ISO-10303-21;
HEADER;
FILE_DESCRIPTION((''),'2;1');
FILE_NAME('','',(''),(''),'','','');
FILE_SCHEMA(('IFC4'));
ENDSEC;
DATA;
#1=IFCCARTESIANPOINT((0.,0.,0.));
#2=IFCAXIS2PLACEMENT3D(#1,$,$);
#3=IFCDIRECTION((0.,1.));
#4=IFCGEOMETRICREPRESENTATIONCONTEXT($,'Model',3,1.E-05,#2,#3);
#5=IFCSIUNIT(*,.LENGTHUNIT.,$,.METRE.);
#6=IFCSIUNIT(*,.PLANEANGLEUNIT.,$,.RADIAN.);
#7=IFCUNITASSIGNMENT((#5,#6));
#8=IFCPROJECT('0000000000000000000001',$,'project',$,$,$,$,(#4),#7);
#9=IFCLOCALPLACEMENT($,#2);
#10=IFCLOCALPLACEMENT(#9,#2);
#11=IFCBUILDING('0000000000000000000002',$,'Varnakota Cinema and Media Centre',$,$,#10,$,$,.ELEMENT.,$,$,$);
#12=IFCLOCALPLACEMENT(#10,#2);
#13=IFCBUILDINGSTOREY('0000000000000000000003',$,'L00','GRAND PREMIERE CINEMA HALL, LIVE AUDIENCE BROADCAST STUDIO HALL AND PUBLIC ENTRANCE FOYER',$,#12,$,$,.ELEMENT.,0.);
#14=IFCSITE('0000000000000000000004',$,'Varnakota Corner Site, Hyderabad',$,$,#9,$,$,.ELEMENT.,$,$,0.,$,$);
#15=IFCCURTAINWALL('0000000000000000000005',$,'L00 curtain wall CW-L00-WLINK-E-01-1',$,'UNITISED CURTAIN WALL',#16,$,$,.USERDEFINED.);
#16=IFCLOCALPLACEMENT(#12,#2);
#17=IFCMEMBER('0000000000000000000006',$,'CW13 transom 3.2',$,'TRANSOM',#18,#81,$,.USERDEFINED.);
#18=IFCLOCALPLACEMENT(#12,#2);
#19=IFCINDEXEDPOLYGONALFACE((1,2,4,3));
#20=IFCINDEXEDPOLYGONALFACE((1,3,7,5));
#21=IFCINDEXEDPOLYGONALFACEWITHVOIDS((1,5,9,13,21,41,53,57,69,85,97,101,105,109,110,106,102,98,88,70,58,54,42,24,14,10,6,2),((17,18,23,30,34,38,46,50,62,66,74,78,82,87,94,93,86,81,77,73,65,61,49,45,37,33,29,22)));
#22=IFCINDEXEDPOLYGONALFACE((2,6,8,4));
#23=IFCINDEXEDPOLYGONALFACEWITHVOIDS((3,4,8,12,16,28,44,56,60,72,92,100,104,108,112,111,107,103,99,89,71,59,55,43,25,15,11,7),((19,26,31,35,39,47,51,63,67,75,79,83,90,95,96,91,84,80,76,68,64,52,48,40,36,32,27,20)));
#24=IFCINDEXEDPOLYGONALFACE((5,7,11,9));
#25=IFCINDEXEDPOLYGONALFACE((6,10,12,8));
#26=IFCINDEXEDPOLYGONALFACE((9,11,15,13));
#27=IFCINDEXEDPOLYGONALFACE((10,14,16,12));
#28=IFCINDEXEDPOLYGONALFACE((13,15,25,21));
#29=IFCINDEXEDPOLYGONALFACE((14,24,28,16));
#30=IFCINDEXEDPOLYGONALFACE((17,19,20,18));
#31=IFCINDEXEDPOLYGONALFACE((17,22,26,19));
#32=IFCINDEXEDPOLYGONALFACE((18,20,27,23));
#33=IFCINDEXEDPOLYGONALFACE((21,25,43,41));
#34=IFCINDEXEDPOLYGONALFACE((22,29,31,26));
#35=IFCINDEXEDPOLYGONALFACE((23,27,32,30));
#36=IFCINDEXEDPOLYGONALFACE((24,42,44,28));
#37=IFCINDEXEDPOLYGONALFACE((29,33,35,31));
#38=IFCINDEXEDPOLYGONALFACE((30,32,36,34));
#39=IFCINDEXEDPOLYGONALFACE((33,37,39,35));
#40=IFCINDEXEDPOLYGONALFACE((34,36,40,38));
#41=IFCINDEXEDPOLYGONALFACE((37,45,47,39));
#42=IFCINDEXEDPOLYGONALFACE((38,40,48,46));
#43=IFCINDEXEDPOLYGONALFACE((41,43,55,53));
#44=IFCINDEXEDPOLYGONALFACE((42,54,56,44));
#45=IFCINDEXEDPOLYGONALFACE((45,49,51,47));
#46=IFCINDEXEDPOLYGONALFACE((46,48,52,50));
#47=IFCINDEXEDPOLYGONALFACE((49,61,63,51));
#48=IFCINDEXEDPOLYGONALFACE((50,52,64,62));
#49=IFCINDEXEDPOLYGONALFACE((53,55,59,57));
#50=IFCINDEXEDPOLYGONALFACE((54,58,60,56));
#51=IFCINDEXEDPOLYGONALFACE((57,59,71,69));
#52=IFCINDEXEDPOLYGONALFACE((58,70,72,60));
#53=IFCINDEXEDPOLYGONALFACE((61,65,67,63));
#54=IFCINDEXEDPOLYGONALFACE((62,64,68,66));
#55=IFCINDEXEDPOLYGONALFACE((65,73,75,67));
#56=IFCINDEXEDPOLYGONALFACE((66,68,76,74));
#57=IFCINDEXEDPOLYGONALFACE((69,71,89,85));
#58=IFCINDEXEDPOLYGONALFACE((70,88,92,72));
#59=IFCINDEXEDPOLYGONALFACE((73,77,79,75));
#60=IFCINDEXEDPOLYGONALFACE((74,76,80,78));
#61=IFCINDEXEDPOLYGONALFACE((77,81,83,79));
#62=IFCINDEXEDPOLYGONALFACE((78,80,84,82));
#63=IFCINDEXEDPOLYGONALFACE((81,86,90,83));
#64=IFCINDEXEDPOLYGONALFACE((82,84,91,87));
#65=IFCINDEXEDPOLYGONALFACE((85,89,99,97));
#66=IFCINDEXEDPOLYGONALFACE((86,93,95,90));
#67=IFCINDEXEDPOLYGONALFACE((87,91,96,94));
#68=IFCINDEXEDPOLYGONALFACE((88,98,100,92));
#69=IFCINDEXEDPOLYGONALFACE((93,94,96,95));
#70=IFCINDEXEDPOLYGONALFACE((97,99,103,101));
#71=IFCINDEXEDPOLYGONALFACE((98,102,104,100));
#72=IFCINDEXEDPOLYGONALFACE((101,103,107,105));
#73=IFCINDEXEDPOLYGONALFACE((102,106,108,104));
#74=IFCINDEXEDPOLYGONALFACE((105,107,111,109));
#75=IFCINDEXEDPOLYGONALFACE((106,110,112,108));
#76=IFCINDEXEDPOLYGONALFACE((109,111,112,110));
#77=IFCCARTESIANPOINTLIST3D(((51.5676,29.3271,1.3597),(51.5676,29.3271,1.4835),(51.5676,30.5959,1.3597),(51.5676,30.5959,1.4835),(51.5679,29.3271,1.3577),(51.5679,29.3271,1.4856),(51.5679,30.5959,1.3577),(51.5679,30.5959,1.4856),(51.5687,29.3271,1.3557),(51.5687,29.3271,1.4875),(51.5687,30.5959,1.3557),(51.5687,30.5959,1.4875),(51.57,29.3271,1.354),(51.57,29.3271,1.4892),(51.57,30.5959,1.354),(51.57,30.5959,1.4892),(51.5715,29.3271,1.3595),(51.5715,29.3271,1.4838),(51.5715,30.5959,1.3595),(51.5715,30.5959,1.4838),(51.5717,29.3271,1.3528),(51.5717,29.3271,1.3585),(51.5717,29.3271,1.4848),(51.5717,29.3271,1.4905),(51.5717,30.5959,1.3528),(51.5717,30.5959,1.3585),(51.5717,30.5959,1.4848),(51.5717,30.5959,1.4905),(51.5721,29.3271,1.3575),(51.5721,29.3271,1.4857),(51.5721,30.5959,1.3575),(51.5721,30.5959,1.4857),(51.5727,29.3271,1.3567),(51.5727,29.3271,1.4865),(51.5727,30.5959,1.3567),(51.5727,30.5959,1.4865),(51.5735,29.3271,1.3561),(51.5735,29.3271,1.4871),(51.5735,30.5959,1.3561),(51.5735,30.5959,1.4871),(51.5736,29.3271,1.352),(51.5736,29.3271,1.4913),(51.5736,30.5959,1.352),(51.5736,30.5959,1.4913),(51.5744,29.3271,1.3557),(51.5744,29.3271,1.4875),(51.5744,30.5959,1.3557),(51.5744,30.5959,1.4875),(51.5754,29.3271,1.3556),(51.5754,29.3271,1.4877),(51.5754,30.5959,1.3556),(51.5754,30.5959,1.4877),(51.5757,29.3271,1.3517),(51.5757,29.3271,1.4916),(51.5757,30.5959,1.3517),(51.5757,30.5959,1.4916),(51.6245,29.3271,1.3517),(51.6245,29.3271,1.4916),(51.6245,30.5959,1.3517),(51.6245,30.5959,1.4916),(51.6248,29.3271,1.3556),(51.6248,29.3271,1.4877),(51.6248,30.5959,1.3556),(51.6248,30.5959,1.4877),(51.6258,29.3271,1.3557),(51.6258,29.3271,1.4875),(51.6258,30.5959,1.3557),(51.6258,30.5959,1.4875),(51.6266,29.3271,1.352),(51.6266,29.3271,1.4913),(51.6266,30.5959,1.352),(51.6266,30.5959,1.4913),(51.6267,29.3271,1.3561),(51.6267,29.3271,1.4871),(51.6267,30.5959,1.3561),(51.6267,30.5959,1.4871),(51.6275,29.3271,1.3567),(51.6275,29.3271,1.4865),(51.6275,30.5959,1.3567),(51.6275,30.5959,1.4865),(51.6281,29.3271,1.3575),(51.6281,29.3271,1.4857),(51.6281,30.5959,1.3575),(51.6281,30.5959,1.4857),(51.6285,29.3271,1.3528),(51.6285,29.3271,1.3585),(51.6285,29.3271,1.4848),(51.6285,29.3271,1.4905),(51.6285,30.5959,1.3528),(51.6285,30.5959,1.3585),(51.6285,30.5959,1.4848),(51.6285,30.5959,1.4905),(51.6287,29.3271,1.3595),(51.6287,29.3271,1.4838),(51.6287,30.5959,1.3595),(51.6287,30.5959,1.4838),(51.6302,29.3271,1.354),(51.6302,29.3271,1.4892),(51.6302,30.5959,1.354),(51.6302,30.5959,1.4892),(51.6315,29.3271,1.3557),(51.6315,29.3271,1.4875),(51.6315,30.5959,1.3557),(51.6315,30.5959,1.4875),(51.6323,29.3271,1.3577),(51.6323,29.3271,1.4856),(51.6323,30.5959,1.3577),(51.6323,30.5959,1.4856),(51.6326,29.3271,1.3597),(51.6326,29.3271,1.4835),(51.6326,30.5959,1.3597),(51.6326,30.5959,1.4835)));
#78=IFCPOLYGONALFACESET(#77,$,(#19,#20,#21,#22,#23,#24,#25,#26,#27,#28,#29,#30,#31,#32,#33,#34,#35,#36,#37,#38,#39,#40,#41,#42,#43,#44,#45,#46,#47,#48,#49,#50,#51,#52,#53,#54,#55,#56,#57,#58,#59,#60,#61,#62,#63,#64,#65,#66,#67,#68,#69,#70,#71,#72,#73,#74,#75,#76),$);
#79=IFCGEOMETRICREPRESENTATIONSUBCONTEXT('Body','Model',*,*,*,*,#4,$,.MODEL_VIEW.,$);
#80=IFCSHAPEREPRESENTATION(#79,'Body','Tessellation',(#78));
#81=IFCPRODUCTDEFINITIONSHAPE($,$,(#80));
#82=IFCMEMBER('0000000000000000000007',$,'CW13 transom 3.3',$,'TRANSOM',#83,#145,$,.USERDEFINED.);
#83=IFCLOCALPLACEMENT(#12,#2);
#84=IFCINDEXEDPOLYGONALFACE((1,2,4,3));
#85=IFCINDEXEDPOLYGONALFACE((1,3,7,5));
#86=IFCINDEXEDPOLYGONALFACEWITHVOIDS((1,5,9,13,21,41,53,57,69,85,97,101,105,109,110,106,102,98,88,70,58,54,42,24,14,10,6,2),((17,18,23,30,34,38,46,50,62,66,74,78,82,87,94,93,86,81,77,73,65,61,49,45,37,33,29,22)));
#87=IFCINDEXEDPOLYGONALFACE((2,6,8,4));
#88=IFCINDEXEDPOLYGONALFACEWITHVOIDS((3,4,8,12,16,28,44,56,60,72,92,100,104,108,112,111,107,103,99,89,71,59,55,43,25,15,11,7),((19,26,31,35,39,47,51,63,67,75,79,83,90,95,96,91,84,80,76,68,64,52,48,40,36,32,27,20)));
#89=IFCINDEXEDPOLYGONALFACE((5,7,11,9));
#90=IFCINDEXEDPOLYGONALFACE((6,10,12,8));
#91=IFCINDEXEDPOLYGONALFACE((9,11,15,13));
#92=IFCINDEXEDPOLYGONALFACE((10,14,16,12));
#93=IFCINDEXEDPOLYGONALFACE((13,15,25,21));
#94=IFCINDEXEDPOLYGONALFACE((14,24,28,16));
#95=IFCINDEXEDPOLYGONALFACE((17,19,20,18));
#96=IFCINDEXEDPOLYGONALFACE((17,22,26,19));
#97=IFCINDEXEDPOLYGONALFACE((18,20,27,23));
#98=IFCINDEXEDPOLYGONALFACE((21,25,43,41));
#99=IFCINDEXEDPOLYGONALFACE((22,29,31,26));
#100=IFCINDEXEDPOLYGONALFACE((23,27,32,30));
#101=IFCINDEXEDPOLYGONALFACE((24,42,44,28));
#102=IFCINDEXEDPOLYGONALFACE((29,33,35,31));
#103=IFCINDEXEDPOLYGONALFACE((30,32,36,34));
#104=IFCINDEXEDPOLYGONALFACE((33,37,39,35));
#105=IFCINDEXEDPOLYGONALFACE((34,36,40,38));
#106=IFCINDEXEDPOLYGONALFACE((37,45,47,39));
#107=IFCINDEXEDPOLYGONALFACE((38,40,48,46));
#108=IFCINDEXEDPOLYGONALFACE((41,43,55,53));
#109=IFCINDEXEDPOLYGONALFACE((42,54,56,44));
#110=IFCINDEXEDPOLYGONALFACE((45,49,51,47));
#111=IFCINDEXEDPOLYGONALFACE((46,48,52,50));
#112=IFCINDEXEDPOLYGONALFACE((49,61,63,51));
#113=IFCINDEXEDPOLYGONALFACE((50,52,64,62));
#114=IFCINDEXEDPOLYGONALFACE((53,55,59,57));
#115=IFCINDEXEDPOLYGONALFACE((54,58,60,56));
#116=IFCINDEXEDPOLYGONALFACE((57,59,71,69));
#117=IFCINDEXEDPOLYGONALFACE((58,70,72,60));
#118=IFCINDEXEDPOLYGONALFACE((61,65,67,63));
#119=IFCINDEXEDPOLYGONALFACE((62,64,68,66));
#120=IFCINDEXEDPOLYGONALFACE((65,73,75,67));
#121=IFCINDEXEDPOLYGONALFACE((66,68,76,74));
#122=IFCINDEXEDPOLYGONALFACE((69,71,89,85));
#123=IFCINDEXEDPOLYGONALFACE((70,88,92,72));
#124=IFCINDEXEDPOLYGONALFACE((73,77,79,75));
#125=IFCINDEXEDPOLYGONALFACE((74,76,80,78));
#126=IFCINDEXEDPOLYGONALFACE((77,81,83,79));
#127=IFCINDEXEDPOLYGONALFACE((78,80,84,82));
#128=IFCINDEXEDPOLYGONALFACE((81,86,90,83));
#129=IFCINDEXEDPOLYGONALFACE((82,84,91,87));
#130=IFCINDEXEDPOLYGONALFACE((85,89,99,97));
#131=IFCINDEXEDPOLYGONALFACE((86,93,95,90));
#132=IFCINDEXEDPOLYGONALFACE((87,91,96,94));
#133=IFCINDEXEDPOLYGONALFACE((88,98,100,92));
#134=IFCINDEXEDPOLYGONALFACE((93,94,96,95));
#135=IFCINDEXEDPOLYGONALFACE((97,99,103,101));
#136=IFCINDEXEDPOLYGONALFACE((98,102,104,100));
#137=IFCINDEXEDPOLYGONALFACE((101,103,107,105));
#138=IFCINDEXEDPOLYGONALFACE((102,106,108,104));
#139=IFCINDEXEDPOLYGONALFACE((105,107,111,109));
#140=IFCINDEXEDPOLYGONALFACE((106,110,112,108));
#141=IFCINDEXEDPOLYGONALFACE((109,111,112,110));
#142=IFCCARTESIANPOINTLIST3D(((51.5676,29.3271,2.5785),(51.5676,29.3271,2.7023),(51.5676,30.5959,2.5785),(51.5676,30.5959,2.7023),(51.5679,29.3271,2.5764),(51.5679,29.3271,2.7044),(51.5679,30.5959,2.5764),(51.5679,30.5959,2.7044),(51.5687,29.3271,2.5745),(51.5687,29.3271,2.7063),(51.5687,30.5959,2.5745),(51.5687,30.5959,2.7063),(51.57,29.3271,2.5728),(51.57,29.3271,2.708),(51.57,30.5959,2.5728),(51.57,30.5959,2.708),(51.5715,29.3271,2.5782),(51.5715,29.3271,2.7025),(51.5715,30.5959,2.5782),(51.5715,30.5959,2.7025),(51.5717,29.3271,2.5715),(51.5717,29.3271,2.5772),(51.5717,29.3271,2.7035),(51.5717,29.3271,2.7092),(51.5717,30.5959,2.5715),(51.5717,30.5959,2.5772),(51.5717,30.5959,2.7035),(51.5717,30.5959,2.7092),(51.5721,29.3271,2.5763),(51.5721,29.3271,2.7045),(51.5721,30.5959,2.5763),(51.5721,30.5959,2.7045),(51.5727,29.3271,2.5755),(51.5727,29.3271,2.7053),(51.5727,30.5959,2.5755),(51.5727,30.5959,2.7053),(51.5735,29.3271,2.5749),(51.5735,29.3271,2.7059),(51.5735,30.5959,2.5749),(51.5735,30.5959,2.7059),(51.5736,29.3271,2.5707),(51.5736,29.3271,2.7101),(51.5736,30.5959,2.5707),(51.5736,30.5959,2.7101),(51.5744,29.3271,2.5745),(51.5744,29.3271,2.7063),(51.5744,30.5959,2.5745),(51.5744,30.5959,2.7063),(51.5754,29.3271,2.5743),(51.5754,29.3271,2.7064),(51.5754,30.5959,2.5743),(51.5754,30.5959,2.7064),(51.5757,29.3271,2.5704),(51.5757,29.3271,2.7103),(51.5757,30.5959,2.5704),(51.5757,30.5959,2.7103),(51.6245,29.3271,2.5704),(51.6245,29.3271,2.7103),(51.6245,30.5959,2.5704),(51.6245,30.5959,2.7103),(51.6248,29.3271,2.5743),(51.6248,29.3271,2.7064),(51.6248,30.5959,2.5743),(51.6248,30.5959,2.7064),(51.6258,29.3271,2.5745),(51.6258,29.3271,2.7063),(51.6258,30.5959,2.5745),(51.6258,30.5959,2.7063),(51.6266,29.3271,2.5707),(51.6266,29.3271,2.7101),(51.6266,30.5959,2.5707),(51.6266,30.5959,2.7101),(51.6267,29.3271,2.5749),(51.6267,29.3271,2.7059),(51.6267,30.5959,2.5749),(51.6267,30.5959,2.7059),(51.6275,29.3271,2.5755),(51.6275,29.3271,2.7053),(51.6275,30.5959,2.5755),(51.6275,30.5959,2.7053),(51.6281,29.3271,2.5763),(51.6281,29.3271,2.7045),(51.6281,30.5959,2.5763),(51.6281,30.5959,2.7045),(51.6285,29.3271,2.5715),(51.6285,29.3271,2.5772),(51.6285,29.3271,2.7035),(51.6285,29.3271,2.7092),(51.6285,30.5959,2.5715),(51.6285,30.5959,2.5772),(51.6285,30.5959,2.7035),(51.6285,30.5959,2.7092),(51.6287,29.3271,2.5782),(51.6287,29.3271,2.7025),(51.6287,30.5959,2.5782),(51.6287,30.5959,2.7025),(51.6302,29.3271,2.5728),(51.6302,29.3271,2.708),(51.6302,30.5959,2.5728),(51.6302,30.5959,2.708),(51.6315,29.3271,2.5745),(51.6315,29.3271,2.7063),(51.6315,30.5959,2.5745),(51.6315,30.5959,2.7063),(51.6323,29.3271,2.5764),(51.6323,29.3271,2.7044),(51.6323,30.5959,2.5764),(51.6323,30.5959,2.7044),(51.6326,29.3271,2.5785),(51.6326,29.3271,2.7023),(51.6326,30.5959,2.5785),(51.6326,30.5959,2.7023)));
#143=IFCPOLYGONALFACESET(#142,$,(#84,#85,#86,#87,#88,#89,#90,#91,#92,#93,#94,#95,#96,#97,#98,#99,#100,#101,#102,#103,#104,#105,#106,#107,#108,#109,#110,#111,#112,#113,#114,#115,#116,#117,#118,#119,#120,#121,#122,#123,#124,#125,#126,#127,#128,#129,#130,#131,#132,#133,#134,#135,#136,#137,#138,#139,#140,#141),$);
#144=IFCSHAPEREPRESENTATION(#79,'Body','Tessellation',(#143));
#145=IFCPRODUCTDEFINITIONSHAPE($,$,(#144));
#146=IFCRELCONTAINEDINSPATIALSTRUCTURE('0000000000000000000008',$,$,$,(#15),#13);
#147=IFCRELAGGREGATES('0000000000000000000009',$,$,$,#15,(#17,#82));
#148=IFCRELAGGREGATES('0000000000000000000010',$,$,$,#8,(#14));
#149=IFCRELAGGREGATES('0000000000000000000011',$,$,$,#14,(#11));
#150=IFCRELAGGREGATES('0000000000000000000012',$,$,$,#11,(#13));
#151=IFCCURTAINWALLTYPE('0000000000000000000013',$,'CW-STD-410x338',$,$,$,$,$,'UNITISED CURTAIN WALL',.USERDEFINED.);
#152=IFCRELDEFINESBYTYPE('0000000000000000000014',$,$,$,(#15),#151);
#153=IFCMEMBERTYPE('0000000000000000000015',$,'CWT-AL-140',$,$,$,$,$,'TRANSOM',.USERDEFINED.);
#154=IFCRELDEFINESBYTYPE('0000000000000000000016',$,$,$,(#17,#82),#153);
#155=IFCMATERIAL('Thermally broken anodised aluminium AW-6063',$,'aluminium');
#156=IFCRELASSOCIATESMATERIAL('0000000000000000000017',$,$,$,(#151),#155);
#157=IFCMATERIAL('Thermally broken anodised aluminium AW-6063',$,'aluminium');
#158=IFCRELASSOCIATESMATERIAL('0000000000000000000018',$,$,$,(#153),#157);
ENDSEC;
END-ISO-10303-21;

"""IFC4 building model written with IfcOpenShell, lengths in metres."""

from ifc_helpers import new_model, si_unit, direction, frame, origin, origin_2d, place, context, subcontext, project, spatial, hollow_rectangle, extrude, material, material_profile, profile_set, type_object, element, aggregate, save


model = new_model("IFC4")

# Units and contexts
model_context = context("Model", 3, precision=1e-05, world=origin(), true_north=direction((0.0, 1.0)))
body_context = subcontext(model_context, "Body", "Model", "MODEL_VIEW")
ifc_project = project(units=[si_unit("LENGTHUNIT", "METRE"), si_unit("PLANEANGLEUNIT", "RADIAN")], contexts=[model_context])

# Site, building, storey
site_placement = place(None, origin())
site = spatial("IfcSite", under=ifc_project, at=site_placement, Name="Varnakota Corner Site, Hyderabad", CompositionType="ELEMENT", RefElevation=0.0)
building_placement = place(site_placement, origin())
building = spatial("IfcBuilding", under=site, at=building_placement, Name="Varnakota Cinema and Media Centre", CompositionType="ELEMENT")
storey_placement = place(building_placement, origin())
storey = spatial("IfcBuildingStorey", under=building, at=storey_placement, Name="L00", Description="GRAND PREMIERE CINEMA HALL, LIVE AUDIENCE BROADCAST STUDIO HALL AND PUBLIC ENTRANCE FOYER", CompositionType="ELEMENT", Elevation=0.0)

# Curtain wall, members
ifc_material_1 = material(Name="Thermally broken anodised aluminium AW-6063", Category="aluminium")
curtain_wall_type = type_object("IfcCurtainWallType", Name="CW-STD-410x338", ElementType="UNITISED CURTAIN WALL", PredefinedType="USERDEFINED", material=ifc_material_1)
curtain_wall_placement = place(storey_placement, origin())
curtain_wall = element("IfcCurtainWall", 1, at=curtain_wall_placement, inside=storey, type_object=curtain_wall_type, Name="L00 curtain wall CW-L00-WLINK-E-01-1", ObjectType="UNITISED CURTAIN WALL", PredefinedType="USERDEFINED")
ifc_material_2 = material(Name="Thermally broken anodised aluminium AW-6063", Category="aluminium")
ifc_material_profile_1 = material_profile(ifc_material_2, hollow_rectangle(XDim=0.0649, YDim=0.1399, WallThickness=0.0039, InnerFilletRadius=0.0039, OuterFilletRadius=0.0081, at=origin_2d()), Name="AL-TRANSOM 140x65x4")
ifc_profile_set_1 = profile_set([ifc_material_profile_1], Name="Thermally broken anodised aluminium AW-6063")
member_type_1 = type_object("IfcMemberType", Name="CWT-AL-140", ElementType="TRANSOM", PredefinedType="USERDEFINED", material=ifc_profile_set_1)
member_1_placement = place(storey_placement, frame((51.6001, 29.3271, 1.4216), z_axis=(0.0, 1.0, 0.0), x_axis=(-1.0, 0.0, 0.0)))
member_1 = element("IfcMember", 2, at=member_1_placement, type_object=member_type_1, Name="CW13 transom 3.2", ObjectType="TRANSOM", PredefinedType="USERDEFINED", context=body_context, shape_type="SweptSolid", body=[
    extrude(hollow_rectangle(XDim=0.0649, YDim=0.1399, WallThickness=0.0039, InnerFilletRadius=0.0039, OuterFilletRadius=0.0081, at=origin_2d()), origin(), (0.0, 0.0, 1.0), 1.2688),
])
member_2_placement = place(storey_placement, frame((51.6001, 29.3271, 2.6404), z_axis=(0.0, 1.0, 0.0), x_axis=(-1.0, 0.0, 0.0)))
member_2 = element("IfcMember", 3, at=member_2_placement, type_object=member_type_1, Name="CW13 transom 3.3", ObjectType="TRANSOM", PredefinedType="USERDEFINED", context=body_context, shape_type="SweptSolid", body=[
    extrude(hollow_rectangle(XDim=0.0649, YDim=0.1399, WallThickness=0.0039, InnerFilletRadius=0.0039, OuterFilletRadius=0.0081, at=origin_2d()), origin(), (0.0, 0.0, 1.0), 1.2688),
])
aggregate(curtain_wall, [member_1, member_2])

save(model, "model.ifc")
